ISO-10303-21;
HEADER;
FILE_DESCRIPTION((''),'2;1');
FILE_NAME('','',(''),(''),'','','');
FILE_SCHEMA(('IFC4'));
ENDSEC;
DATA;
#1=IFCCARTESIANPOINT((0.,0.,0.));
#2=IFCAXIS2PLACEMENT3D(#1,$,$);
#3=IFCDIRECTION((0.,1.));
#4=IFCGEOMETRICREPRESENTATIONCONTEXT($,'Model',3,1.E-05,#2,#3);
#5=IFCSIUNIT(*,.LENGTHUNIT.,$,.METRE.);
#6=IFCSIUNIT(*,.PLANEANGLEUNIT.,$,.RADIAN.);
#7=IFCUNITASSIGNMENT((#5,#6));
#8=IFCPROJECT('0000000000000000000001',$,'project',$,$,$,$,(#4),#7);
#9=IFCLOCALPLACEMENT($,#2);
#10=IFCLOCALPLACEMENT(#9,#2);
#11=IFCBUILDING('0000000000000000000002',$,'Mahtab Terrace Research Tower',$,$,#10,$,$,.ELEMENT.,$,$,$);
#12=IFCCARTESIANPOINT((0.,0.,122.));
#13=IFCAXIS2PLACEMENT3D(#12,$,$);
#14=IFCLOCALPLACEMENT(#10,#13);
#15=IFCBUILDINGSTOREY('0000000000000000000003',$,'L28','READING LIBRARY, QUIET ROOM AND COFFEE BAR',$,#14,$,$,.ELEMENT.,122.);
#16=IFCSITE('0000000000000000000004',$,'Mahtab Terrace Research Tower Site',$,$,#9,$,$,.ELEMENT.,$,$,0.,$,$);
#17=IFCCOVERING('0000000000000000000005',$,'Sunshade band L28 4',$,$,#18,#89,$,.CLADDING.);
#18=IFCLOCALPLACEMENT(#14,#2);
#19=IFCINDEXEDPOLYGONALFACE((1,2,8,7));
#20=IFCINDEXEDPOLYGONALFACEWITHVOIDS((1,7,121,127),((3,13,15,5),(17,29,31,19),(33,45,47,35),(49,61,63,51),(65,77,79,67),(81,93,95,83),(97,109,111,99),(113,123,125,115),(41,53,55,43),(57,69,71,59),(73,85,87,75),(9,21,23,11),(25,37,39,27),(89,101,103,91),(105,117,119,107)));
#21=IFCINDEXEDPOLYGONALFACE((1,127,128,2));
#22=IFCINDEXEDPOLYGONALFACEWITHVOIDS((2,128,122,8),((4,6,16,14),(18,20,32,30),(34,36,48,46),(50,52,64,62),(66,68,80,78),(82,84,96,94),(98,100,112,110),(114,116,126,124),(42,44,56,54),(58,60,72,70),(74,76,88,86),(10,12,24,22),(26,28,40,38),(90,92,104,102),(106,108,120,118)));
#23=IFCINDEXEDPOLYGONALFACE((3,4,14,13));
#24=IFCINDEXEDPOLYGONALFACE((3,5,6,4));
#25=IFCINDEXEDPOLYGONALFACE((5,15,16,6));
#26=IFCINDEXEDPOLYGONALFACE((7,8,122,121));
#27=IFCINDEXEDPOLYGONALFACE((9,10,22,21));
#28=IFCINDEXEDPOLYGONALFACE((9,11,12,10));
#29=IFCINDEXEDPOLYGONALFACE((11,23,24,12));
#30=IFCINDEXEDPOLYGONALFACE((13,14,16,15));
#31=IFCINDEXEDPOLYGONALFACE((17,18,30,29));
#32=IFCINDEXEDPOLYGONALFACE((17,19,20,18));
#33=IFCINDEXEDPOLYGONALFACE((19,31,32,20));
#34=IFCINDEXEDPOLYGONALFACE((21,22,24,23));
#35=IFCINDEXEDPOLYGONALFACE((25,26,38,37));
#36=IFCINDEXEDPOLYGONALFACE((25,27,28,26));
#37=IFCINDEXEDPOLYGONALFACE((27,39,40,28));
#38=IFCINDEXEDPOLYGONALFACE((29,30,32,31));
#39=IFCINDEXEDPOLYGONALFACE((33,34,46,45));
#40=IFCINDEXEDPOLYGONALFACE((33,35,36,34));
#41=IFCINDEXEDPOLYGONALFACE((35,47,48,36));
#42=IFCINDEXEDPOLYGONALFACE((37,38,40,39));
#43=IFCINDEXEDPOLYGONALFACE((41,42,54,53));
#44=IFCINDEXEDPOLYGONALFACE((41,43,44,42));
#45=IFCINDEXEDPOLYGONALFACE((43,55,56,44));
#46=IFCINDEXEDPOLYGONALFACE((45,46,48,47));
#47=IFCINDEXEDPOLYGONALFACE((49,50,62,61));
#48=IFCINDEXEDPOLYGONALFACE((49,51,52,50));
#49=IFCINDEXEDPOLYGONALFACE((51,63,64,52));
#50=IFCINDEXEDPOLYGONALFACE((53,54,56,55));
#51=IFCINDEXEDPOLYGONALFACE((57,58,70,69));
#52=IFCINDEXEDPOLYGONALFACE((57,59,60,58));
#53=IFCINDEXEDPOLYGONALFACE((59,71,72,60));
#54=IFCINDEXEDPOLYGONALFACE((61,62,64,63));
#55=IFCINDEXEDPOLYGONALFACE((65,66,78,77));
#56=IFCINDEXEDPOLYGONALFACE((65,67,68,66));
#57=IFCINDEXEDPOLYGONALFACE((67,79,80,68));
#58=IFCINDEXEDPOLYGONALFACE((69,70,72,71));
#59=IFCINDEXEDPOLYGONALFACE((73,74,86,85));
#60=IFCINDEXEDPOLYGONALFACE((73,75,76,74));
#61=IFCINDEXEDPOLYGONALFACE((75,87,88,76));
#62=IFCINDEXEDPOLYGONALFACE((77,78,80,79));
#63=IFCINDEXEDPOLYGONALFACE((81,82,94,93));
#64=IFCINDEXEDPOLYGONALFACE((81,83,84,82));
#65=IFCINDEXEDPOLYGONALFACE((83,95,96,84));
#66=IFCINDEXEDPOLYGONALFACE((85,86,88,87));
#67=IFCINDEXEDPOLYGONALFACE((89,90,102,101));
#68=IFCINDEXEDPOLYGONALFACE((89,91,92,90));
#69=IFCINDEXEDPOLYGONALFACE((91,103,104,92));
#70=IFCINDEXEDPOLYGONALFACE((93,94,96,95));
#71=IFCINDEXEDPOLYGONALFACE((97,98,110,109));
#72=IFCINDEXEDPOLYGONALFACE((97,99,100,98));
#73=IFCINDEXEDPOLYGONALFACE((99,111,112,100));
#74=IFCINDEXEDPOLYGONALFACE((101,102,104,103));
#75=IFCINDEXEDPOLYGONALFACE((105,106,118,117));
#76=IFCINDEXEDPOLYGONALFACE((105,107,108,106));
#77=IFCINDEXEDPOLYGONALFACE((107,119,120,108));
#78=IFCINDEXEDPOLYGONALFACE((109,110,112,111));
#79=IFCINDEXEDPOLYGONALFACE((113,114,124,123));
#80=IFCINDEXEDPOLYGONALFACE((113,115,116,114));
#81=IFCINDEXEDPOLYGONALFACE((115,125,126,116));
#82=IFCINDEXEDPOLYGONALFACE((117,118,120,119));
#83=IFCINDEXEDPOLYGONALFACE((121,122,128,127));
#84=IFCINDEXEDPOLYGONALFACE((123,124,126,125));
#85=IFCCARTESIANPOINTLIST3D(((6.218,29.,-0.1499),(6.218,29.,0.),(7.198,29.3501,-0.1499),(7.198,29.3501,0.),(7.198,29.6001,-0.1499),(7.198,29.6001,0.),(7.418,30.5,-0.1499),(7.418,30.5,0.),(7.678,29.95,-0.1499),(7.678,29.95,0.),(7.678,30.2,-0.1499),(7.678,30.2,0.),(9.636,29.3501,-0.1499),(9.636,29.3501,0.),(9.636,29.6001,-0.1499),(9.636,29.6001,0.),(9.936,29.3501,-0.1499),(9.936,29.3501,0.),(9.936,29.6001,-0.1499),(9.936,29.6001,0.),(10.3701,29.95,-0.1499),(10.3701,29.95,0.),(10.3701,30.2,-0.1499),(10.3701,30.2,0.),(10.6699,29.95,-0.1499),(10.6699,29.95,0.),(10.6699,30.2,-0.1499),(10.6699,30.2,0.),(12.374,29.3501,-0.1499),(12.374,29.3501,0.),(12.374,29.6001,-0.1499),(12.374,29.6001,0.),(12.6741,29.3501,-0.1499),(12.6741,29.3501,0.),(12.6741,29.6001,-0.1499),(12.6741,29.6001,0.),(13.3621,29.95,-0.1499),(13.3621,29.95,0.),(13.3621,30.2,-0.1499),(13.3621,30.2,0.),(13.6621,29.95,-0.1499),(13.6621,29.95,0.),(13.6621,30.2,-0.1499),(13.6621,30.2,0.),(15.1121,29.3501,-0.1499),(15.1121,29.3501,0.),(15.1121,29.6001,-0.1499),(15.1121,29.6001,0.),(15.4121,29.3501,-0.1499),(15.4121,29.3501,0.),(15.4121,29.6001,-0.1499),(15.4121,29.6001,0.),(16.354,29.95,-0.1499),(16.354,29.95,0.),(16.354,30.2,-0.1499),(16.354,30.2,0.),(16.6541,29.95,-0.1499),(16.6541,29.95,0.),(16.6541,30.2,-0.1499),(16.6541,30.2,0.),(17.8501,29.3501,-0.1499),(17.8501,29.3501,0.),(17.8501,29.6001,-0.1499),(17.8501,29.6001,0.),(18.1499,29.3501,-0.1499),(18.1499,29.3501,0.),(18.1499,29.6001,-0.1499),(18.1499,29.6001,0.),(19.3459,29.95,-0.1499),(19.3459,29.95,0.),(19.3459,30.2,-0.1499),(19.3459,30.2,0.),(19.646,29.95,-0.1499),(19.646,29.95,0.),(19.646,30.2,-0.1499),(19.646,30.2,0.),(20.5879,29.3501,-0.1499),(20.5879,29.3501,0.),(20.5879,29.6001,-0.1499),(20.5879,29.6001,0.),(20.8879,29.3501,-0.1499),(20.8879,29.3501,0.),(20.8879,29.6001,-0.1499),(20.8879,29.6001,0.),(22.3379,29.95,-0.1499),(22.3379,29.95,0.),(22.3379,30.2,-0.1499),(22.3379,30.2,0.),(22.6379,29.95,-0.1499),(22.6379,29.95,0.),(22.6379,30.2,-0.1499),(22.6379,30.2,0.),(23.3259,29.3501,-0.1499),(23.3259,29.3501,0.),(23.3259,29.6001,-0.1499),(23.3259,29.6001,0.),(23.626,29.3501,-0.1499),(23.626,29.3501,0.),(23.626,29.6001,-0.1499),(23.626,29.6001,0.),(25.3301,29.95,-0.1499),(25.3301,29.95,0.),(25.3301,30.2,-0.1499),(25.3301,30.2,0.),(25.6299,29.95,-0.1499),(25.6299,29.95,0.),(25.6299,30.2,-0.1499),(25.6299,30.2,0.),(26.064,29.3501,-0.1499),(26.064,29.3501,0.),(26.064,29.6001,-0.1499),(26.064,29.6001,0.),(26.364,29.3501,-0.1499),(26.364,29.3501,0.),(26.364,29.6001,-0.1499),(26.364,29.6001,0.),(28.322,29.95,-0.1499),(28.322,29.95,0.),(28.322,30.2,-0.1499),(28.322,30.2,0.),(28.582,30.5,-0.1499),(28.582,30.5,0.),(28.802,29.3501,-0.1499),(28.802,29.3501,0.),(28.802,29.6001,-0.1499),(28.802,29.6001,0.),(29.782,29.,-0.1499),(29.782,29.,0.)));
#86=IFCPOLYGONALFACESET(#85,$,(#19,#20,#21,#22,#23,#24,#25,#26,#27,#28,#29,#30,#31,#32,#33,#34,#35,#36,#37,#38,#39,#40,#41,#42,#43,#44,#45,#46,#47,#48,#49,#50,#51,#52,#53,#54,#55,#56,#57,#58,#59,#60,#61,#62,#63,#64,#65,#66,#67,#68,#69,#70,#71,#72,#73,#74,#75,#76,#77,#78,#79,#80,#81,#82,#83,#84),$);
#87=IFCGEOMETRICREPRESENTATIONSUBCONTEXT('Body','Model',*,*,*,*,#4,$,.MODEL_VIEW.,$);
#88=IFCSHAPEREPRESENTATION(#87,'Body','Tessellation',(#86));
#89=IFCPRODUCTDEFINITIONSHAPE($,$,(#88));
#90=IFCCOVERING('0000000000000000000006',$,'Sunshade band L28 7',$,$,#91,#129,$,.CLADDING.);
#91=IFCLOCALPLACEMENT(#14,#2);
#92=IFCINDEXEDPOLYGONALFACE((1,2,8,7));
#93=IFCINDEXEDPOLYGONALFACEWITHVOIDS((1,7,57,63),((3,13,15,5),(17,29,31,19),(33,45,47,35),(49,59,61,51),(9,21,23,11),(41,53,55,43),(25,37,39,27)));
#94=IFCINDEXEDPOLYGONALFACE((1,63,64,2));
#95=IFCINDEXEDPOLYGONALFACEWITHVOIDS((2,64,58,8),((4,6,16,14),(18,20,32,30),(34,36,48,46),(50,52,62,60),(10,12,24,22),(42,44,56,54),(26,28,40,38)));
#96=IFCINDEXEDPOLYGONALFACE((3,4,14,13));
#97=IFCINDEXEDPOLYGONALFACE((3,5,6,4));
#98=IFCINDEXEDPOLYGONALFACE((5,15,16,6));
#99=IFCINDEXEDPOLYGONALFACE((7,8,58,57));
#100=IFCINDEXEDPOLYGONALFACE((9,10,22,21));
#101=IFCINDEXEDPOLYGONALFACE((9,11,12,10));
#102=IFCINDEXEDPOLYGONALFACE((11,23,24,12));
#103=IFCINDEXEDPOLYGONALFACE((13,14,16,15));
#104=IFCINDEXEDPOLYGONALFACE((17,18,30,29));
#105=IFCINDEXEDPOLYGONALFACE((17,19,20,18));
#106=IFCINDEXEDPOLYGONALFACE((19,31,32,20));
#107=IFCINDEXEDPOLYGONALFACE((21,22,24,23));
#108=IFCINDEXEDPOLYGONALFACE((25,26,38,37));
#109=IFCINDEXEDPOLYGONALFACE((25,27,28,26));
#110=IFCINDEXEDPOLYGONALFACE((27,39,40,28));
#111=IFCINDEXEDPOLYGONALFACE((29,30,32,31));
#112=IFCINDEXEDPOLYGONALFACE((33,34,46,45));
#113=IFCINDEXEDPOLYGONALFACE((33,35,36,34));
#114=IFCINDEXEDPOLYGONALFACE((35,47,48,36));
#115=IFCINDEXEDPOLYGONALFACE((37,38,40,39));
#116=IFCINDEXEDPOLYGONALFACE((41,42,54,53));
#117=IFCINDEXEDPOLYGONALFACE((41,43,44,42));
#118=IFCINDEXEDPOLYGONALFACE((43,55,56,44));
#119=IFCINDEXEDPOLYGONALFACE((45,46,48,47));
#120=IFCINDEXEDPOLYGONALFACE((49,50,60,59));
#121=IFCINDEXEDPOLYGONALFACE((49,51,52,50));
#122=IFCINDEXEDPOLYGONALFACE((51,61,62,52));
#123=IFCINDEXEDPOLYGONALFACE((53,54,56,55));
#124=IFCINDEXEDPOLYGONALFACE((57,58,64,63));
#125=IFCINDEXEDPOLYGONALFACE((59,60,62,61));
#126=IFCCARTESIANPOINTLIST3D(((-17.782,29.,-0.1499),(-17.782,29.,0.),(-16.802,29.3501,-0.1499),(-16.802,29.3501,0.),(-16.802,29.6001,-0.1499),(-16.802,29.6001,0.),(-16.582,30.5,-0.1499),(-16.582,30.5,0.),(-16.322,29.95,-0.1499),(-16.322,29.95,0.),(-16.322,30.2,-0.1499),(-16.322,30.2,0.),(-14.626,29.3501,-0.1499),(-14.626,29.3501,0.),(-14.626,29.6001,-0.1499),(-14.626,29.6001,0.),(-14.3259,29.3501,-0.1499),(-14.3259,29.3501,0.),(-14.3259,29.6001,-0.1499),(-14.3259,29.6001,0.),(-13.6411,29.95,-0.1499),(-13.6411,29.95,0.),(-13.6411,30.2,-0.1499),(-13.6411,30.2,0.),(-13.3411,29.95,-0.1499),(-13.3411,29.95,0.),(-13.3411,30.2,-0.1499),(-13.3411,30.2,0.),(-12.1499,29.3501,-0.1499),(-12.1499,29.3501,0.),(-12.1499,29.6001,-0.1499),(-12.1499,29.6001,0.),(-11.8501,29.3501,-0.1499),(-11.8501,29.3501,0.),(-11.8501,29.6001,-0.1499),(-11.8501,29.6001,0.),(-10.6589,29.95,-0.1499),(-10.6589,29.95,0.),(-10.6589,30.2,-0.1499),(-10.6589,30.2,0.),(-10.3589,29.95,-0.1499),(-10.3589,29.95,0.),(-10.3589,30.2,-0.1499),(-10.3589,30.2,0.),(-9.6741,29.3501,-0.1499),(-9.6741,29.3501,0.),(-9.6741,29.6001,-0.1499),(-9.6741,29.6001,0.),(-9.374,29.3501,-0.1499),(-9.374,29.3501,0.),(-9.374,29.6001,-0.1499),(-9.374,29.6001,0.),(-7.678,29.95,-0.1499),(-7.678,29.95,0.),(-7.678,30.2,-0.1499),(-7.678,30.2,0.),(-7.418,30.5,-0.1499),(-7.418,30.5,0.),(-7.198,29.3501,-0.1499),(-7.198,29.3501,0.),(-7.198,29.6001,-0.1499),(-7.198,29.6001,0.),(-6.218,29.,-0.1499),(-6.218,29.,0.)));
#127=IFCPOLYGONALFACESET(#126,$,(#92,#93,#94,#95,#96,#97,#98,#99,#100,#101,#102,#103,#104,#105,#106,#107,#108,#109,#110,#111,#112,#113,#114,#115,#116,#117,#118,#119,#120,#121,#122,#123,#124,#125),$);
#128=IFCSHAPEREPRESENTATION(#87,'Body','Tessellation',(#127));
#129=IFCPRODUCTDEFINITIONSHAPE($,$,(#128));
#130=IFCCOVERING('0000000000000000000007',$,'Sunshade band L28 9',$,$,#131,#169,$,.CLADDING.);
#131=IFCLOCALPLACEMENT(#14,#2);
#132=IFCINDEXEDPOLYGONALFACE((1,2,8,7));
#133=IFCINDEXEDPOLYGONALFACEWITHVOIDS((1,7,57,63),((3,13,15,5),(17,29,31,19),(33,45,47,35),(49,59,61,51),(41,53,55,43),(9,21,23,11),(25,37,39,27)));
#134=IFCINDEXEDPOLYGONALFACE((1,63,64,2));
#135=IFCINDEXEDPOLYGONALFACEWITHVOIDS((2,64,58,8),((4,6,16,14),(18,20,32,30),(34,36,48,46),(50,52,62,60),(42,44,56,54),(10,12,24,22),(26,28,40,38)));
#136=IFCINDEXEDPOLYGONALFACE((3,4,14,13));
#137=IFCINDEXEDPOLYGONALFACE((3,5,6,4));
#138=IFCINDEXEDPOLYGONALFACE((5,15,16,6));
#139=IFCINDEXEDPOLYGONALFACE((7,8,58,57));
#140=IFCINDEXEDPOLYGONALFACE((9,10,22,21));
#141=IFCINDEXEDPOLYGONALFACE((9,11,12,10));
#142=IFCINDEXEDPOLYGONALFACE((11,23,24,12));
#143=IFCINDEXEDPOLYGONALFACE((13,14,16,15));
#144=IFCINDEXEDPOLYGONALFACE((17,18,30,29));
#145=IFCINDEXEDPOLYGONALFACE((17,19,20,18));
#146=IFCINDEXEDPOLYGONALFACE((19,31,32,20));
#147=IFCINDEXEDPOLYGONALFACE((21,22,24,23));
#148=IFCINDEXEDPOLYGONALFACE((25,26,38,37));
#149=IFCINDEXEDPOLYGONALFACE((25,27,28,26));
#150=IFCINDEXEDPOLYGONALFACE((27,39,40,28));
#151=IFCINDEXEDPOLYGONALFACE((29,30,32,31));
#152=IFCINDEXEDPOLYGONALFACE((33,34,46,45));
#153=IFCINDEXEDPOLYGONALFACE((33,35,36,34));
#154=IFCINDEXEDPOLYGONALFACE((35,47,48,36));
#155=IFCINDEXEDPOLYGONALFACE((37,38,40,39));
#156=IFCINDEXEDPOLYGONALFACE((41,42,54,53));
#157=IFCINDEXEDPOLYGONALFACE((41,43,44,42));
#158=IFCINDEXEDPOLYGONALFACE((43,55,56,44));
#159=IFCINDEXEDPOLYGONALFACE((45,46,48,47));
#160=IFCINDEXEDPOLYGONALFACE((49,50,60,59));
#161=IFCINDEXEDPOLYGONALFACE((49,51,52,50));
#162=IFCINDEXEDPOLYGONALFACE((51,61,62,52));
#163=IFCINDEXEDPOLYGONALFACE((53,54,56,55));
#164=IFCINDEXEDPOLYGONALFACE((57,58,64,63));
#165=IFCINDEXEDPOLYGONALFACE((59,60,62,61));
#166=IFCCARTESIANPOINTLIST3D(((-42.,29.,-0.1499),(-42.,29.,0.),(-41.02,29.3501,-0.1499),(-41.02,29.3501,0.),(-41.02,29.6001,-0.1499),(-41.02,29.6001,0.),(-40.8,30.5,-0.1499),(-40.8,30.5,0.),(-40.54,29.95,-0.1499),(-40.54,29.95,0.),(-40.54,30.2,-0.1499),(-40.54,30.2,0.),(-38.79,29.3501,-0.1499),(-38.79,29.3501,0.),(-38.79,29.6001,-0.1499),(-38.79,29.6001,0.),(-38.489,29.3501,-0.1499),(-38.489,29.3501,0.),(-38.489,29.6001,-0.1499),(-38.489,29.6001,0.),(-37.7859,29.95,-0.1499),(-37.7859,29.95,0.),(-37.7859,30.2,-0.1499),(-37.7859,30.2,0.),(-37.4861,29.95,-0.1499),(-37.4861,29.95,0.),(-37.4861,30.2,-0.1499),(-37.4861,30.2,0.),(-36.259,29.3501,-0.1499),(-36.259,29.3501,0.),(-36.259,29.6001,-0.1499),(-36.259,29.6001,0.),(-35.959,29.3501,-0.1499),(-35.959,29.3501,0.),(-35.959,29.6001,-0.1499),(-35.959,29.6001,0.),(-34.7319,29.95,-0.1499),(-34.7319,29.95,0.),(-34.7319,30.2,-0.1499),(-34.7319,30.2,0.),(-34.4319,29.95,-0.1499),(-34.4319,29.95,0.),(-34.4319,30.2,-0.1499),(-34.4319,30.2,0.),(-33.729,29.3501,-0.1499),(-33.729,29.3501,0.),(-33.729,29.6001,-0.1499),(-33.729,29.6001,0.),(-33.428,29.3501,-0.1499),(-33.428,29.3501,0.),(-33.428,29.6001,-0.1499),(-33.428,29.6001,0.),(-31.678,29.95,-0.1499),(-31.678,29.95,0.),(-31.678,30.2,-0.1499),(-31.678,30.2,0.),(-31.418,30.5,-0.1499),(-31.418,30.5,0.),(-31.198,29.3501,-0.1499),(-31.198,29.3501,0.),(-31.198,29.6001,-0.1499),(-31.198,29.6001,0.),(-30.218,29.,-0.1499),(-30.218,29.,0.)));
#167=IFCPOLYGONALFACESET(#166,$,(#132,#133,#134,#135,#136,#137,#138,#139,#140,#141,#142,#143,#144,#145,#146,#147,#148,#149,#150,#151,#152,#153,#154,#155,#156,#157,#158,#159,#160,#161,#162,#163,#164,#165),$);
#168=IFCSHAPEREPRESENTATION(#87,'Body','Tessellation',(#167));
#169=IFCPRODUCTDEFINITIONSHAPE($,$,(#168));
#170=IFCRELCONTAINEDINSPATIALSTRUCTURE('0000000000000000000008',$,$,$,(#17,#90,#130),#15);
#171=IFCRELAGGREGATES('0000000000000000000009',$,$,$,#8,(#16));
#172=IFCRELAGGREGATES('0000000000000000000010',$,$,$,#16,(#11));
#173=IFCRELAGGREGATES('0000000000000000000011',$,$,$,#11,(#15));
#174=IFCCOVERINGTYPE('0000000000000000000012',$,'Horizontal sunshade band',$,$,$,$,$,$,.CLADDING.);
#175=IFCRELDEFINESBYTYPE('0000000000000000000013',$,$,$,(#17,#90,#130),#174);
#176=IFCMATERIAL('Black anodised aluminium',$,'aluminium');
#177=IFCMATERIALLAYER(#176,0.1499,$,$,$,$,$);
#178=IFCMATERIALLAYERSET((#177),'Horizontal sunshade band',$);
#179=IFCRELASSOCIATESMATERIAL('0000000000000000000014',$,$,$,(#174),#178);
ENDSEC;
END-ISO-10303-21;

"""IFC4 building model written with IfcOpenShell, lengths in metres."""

from ifc_helpers import new_model, si_unit, direction, frame, origin, place, context, subcontext, project, spatial, polyline, outline, extrude, material, layer, layer_set, type_object, element, save


model = new_model("IFC4")

# Units and contexts
model_context = context("Model", 3, precision=1e-05, world=origin(), true_north=direction((0.0, 1.0)))
body_context = subcontext(model_context, "Body", "Model", "MODEL_VIEW")
ifc_project = project(units=[si_unit("LENGTHUNIT", "METRE"), si_unit("PLANEANGLEUNIT", "RADIAN")], contexts=[model_context])

# Site, building, storey
site_placement = place(None, origin())
site = spatial("IfcSite", under=ifc_project, at=site_placement, Name="Mahtab Terrace Research Tower Site", CompositionType="ELEMENT", RefElevation=0.0)
building_placement = place(site_placement, origin())
building = spatial("IfcBuilding", under=site, at=building_placement, Name="Mahtab Terrace Research Tower", CompositionType="ELEMENT")
storey_placement = place(building_placement, frame((0.0, 0.0, 122.0)))
storey = spatial("IfcBuildingStorey", under=building, at=storey_placement, Name="L28", Description="READING LIBRARY, QUIET ROOM AND COFFEE BAR", CompositionType="ELEMENT", Elevation=122.0)

# Coverings
ifc_material_1 = material(Name="Black anodised aluminium", Category="aluminium")
ifc_layer_1 = layer(ifc_material_1, 0.1499)
ifc_layer_set_1 = layer_set([ifc_layer_1], Name="Horizontal sunshade band")
covering_type = type_object("IfcCoveringType", Name="Horizontal sunshade band", PredefinedType="CLADDING", material=ifc_layer_set_1)
covering_1_placement = place(storey_placement, frame((0.0, 0.0, -0.1499)))
element("IfcCovering", 1, at=covering_1_placement, inside=storey, type_object=covering_type, Name="Sunshade band L28 4", PredefinedType="CLADDING", context=body_context, shape_type="SweptSolid", body=[
    extrude(outline(polyline([(29.782, 29.0), (6.218, 29.0), (7.418, 30.5), (28.582, 30.5), (29.782, 29.0)]), holes=[polyline([(28.802, 29.3501), (26.364, 29.3501), (26.364, 29.6001), (28.802, 29.6001), (28.802, 29.3501)]), polyline([(26.064, 29.3501), (23.626, 29.3501), (23.626, 29.6001), (26.064, 29.6001), (26.064, 29.3501)]), polyline([(23.3259, 29.3501), (20.8879, 29.3501), (20.8879, 29.6001), (23.3259, 29.6001), (23.3259, 29.3501)]), polyline([(20.5879, 29.3501), (18.1499, 29.3501), (18.1499, 29.6001), (20.5879, 29.6001), (20.5879, 29.3501)]), polyline([(17.8501, 29.3501), (15.4121, 29.3501), (15.4121, 29.6001), (17.8501, 29.6001), (17.8501, 29.3501)]), polyline([(15.1121, 29.3501), (12.6741, 29.3501), (12.6741, 29.6001), (15.1121, 29.6001), (15.1121, 29.3501)]), polyline([(12.374, 29.3501), (9.936, 29.3501), (9.936, 29.6001), (12.374, 29.6001), (12.374, 29.3501)]), polyline([(9.636, 29.3501), (7.198, 29.3501), (7.198, 29.6001), (9.636, 29.6001), (9.636, 29.3501)]), polyline([(28.322, 29.95), (25.6299, 29.95), (25.6299, 30.2), (28.322, 30.2), (28.322, 29.95)]), polyline([(25.3301, 29.95), (22.6379, 29.95), (22.6379, 30.2), (25.3301, 30.2), (25.3301, 29.95)]), polyline([(22.3379, 29.95), (19.646, 29.95), (19.646, 30.2), (22.3379, 30.2), (22.3379, 29.95)]), polyline([(19.3459, 29.95), (16.6541, 29.95), (16.6541, 30.2), (19.3459, 30.2), (19.3459, 29.95)]), polyline([(16.354, 29.95), (13.6621, 29.95), (13.6621, 30.2), (16.354, 30.2), (16.354, 29.95)]), polyline([(13.3621, 29.95), (10.6699, 29.95), (10.6699, 30.2), (13.3621, 30.2), (13.3621, 29.95)]), polyline([(10.3701, 29.95), (7.678, 29.95), (7.678, 30.2), (10.3701, 30.2), (10.3701, 29.95)])]), origin(), (0.0, 0.0, 1.0), 0.1499),
])
covering_2_placement = place(storey_placement, frame((0.0, 0.0, -0.1499)))
element("IfcCovering", 2, at=covering_2_placement, inside=storey, type_object=covering_type, Name="Sunshade band L28 7", PredefinedType="CLADDING", context=body_context, shape_type="SweptSolid", body=[
    extrude(outline(polyline([(-6.218, 29.0), (-17.782, 29.0), (-16.582, 30.5), (-7.418, 30.5), (-6.218, 29.0)]), holes=[polyline([(-7.198, 29.3501), (-9.374, 29.3501), (-9.374, 29.6001), (-7.198, 29.6001), (-7.198, 29.3501)]), polyline([(-9.6741, 29.3501), (-11.8501, 29.3501), (-11.8501, 29.6001), (-9.6741, 29.6001), (-9.6741, 29.3501)]), polyline([(-12.1499, 29.3501), (-14.3259, 29.3501), (-14.3259, 29.6001), (-12.1499, 29.6001), (-12.1499, 29.3501)]), polyline([(-14.626, 29.3501), (-16.802, 29.3501), (-16.802, 29.6001), (-14.626, 29.6001), (-14.626, 29.3501)]), polyline([(-7.678, 29.95), (-10.3589, 29.95), (-10.3589, 30.2), (-7.678, 30.2), (-7.678, 29.95)]), polyline([(-10.6589, 29.95), (-13.3411, 29.95), (-13.3411, 30.2), (-10.6589, 30.2), (-10.6589, 29.95)]), polyline([(-13.6411, 29.95), (-16.322, 29.95), (-16.322, 30.2), (-13.6411, 30.2), (-13.6411, 29.95)])]), origin(), (0.0, 0.0, 1.0), 0.1499),
])
covering_3_placement = place(storey_placement, frame((0.0, 0.0, -0.1499)))
element("IfcCovering", 3, at=covering_3_placement, inside=storey, type_object=covering_type, Name="Sunshade band L28 9", PredefinedType="CLADDING", context=body_context, shape_type="SweptSolid", body=[
    extrude(outline(polyline([(-30.218, 29.0), (-42.0, 29.0), (-40.8, 30.5), (-31.418, 30.5), (-30.218, 29.0)]), holes=[polyline([(-31.198, 29.3501), (-33.428, 29.3501), (-33.428, 29.6001), (-31.198, 29.6001), (-31.198, 29.3501)]), polyline([(-33.729, 29.3501), (-35.959, 29.3501), (-35.959, 29.6001), (-33.729, 29.6001), (-33.729, 29.3501)]), polyline([(-36.259, 29.3501), (-38.489, 29.3501), (-38.489, 29.6001), (-36.259, 29.6001), (-36.259, 29.3501)]), polyline([(-38.79, 29.3501), (-41.02, 29.3501), (-41.02, 29.6001), (-38.79, 29.6001), (-38.79, 29.3501)]), polyline([(-31.678, 29.95), (-34.4319, 29.95), (-34.4319, 30.2), (-31.678, 30.2), (-31.678, 29.95)]), polyline([(-34.7319, 29.95), (-37.4861, 29.95), (-37.4861, 30.2), (-34.7319, 30.2), (-34.7319, 29.95)]), polyline([(-37.7859, 29.95), (-40.54, 29.95), (-40.54, 30.2), (-37.7859, 30.2), (-37.7859, 29.95)])]), origin(), (0.0, 0.0, 1.0), 0.1499),
])

save(model, "model.ifc")
